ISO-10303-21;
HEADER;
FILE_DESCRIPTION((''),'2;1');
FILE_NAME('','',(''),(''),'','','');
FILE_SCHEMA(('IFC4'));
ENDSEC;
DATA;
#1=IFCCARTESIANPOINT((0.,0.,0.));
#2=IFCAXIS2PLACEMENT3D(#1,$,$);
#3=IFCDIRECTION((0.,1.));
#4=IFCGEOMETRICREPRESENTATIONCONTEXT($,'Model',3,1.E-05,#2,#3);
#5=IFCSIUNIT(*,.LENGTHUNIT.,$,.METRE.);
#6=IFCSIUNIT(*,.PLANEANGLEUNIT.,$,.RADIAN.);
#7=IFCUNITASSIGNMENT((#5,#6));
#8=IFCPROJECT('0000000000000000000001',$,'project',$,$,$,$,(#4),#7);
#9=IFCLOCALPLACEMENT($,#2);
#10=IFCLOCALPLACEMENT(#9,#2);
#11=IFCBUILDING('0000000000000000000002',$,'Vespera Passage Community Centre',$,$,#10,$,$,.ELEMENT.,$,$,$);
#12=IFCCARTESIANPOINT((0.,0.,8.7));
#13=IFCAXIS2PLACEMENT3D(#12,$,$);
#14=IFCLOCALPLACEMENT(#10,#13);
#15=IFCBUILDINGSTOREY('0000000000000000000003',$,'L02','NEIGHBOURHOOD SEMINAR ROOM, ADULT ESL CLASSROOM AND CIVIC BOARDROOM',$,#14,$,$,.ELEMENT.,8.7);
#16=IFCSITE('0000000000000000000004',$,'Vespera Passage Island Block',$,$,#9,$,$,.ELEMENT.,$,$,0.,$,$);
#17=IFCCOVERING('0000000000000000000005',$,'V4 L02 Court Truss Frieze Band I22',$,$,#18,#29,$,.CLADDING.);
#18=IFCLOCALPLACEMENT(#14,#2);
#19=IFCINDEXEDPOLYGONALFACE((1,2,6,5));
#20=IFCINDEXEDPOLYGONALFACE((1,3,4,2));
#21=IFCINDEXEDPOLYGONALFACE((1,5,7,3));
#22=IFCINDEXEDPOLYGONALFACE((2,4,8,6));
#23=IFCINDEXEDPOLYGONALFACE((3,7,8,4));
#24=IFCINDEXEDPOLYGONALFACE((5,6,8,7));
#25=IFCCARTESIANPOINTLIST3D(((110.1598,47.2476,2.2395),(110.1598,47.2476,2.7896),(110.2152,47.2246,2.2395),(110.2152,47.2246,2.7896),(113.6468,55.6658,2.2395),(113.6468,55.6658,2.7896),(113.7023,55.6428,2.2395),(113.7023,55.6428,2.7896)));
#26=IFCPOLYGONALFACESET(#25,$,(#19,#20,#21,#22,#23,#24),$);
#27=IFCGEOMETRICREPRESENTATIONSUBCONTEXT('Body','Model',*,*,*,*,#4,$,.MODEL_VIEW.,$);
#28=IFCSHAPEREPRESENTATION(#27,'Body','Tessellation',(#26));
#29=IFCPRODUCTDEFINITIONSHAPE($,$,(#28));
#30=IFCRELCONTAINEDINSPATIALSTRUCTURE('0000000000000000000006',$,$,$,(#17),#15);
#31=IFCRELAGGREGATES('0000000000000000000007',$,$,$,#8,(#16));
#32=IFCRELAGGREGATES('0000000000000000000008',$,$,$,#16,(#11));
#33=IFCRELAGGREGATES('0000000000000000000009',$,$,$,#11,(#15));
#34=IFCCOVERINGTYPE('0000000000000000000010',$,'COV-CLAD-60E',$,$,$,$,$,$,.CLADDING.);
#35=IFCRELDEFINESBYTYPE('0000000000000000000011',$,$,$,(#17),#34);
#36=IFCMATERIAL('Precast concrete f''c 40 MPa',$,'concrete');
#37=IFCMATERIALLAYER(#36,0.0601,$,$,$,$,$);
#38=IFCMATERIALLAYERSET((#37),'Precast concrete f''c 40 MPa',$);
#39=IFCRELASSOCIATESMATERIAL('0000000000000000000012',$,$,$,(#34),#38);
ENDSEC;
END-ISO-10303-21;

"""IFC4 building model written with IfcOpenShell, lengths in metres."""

from ifc_helpers import new_model, si_unit, direction, frame, frame_2d, origin, place, context, subcontext, project, spatial, rectangle, extrude, material, layer, layer_set, type_object, element, save


model = new_model("IFC4")

# Units and contexts
model_context = context("Model", 3, precision=1e-05, world=origin(), true_north=direction((0.0, 1.0)))
body_context = subcontext(model_context, "Body", "Model", "MODEL_VIEW")
ifc_project = project(units=[si_unit("LENGTHUNIT", "METRE"), si_unit("PLANEANGLEUNIT", "RADIAN")], contexts=[model_context])

# Site, building, storey
site_placement = place(None, origin())
site = spatial("IfcSite", under=ifc_project, at=site_placement, Name="Vespera Passage Island Block", CompositionType="ELEMENT", RefElevation=0.0)
building_placement = place(site_placement, origin())
building = spatial("IfcBuilding", under=site, at=building_placement, Name="Vespera Passage Community Centre", CompositionType="ELEMENT")
storey_placement = place(building_placement, frame((0.0, 0.0, 8.7)))
storey = spatial("IfcBuildingStorey", under=building, at=storey_placement, Name="L02", Description="NEIGHBOURHOOD SEMINAR ROOM, ADULT ESL CLASSROOM AND CIVIC BOARDROOM", CompositionType="ELEMENT", Elevation=8.7)

# Covering
ifc_material_1 = material(Name="Precast concrete f'c 40 MPa", Category="concrete")
ifc_layer_1 = layer(ifc_material_1, 0.0601)
ifc_layer_set_1 = layer_set([ifc_layer_1], Name="Precast concrete f'c 40 MPa")
covering_type = type_object("IfcCoveringType", Name="COV-CLAD-60E", PredefinedType="CLADDING", material=ifc_layer_set_1)
covering_1_placement = place(storey_placement, frame((110.1875, 47.2361, 2.2395), z_axis=(0.0, 0.0, 1.0), x_axis=(0.382695, 0.923875, 0.0)))
element("IfcCovering", 1, at=covering_1_placement, inside=storey, type_object=covering_type, Name="V4 L02 Court Truss Frieze Band I22", PredefinedType="CLADDING", context=body_context, shape_type="SweptSolid", body=[
    extrude(rectangle(XDim=9.1118, YDim=0.0601, at=frame_2d((4.5559, 0.0))), origin(), (0.0, 0.0, 1.0), 0.55),
])

save(model, "model.ifc")
